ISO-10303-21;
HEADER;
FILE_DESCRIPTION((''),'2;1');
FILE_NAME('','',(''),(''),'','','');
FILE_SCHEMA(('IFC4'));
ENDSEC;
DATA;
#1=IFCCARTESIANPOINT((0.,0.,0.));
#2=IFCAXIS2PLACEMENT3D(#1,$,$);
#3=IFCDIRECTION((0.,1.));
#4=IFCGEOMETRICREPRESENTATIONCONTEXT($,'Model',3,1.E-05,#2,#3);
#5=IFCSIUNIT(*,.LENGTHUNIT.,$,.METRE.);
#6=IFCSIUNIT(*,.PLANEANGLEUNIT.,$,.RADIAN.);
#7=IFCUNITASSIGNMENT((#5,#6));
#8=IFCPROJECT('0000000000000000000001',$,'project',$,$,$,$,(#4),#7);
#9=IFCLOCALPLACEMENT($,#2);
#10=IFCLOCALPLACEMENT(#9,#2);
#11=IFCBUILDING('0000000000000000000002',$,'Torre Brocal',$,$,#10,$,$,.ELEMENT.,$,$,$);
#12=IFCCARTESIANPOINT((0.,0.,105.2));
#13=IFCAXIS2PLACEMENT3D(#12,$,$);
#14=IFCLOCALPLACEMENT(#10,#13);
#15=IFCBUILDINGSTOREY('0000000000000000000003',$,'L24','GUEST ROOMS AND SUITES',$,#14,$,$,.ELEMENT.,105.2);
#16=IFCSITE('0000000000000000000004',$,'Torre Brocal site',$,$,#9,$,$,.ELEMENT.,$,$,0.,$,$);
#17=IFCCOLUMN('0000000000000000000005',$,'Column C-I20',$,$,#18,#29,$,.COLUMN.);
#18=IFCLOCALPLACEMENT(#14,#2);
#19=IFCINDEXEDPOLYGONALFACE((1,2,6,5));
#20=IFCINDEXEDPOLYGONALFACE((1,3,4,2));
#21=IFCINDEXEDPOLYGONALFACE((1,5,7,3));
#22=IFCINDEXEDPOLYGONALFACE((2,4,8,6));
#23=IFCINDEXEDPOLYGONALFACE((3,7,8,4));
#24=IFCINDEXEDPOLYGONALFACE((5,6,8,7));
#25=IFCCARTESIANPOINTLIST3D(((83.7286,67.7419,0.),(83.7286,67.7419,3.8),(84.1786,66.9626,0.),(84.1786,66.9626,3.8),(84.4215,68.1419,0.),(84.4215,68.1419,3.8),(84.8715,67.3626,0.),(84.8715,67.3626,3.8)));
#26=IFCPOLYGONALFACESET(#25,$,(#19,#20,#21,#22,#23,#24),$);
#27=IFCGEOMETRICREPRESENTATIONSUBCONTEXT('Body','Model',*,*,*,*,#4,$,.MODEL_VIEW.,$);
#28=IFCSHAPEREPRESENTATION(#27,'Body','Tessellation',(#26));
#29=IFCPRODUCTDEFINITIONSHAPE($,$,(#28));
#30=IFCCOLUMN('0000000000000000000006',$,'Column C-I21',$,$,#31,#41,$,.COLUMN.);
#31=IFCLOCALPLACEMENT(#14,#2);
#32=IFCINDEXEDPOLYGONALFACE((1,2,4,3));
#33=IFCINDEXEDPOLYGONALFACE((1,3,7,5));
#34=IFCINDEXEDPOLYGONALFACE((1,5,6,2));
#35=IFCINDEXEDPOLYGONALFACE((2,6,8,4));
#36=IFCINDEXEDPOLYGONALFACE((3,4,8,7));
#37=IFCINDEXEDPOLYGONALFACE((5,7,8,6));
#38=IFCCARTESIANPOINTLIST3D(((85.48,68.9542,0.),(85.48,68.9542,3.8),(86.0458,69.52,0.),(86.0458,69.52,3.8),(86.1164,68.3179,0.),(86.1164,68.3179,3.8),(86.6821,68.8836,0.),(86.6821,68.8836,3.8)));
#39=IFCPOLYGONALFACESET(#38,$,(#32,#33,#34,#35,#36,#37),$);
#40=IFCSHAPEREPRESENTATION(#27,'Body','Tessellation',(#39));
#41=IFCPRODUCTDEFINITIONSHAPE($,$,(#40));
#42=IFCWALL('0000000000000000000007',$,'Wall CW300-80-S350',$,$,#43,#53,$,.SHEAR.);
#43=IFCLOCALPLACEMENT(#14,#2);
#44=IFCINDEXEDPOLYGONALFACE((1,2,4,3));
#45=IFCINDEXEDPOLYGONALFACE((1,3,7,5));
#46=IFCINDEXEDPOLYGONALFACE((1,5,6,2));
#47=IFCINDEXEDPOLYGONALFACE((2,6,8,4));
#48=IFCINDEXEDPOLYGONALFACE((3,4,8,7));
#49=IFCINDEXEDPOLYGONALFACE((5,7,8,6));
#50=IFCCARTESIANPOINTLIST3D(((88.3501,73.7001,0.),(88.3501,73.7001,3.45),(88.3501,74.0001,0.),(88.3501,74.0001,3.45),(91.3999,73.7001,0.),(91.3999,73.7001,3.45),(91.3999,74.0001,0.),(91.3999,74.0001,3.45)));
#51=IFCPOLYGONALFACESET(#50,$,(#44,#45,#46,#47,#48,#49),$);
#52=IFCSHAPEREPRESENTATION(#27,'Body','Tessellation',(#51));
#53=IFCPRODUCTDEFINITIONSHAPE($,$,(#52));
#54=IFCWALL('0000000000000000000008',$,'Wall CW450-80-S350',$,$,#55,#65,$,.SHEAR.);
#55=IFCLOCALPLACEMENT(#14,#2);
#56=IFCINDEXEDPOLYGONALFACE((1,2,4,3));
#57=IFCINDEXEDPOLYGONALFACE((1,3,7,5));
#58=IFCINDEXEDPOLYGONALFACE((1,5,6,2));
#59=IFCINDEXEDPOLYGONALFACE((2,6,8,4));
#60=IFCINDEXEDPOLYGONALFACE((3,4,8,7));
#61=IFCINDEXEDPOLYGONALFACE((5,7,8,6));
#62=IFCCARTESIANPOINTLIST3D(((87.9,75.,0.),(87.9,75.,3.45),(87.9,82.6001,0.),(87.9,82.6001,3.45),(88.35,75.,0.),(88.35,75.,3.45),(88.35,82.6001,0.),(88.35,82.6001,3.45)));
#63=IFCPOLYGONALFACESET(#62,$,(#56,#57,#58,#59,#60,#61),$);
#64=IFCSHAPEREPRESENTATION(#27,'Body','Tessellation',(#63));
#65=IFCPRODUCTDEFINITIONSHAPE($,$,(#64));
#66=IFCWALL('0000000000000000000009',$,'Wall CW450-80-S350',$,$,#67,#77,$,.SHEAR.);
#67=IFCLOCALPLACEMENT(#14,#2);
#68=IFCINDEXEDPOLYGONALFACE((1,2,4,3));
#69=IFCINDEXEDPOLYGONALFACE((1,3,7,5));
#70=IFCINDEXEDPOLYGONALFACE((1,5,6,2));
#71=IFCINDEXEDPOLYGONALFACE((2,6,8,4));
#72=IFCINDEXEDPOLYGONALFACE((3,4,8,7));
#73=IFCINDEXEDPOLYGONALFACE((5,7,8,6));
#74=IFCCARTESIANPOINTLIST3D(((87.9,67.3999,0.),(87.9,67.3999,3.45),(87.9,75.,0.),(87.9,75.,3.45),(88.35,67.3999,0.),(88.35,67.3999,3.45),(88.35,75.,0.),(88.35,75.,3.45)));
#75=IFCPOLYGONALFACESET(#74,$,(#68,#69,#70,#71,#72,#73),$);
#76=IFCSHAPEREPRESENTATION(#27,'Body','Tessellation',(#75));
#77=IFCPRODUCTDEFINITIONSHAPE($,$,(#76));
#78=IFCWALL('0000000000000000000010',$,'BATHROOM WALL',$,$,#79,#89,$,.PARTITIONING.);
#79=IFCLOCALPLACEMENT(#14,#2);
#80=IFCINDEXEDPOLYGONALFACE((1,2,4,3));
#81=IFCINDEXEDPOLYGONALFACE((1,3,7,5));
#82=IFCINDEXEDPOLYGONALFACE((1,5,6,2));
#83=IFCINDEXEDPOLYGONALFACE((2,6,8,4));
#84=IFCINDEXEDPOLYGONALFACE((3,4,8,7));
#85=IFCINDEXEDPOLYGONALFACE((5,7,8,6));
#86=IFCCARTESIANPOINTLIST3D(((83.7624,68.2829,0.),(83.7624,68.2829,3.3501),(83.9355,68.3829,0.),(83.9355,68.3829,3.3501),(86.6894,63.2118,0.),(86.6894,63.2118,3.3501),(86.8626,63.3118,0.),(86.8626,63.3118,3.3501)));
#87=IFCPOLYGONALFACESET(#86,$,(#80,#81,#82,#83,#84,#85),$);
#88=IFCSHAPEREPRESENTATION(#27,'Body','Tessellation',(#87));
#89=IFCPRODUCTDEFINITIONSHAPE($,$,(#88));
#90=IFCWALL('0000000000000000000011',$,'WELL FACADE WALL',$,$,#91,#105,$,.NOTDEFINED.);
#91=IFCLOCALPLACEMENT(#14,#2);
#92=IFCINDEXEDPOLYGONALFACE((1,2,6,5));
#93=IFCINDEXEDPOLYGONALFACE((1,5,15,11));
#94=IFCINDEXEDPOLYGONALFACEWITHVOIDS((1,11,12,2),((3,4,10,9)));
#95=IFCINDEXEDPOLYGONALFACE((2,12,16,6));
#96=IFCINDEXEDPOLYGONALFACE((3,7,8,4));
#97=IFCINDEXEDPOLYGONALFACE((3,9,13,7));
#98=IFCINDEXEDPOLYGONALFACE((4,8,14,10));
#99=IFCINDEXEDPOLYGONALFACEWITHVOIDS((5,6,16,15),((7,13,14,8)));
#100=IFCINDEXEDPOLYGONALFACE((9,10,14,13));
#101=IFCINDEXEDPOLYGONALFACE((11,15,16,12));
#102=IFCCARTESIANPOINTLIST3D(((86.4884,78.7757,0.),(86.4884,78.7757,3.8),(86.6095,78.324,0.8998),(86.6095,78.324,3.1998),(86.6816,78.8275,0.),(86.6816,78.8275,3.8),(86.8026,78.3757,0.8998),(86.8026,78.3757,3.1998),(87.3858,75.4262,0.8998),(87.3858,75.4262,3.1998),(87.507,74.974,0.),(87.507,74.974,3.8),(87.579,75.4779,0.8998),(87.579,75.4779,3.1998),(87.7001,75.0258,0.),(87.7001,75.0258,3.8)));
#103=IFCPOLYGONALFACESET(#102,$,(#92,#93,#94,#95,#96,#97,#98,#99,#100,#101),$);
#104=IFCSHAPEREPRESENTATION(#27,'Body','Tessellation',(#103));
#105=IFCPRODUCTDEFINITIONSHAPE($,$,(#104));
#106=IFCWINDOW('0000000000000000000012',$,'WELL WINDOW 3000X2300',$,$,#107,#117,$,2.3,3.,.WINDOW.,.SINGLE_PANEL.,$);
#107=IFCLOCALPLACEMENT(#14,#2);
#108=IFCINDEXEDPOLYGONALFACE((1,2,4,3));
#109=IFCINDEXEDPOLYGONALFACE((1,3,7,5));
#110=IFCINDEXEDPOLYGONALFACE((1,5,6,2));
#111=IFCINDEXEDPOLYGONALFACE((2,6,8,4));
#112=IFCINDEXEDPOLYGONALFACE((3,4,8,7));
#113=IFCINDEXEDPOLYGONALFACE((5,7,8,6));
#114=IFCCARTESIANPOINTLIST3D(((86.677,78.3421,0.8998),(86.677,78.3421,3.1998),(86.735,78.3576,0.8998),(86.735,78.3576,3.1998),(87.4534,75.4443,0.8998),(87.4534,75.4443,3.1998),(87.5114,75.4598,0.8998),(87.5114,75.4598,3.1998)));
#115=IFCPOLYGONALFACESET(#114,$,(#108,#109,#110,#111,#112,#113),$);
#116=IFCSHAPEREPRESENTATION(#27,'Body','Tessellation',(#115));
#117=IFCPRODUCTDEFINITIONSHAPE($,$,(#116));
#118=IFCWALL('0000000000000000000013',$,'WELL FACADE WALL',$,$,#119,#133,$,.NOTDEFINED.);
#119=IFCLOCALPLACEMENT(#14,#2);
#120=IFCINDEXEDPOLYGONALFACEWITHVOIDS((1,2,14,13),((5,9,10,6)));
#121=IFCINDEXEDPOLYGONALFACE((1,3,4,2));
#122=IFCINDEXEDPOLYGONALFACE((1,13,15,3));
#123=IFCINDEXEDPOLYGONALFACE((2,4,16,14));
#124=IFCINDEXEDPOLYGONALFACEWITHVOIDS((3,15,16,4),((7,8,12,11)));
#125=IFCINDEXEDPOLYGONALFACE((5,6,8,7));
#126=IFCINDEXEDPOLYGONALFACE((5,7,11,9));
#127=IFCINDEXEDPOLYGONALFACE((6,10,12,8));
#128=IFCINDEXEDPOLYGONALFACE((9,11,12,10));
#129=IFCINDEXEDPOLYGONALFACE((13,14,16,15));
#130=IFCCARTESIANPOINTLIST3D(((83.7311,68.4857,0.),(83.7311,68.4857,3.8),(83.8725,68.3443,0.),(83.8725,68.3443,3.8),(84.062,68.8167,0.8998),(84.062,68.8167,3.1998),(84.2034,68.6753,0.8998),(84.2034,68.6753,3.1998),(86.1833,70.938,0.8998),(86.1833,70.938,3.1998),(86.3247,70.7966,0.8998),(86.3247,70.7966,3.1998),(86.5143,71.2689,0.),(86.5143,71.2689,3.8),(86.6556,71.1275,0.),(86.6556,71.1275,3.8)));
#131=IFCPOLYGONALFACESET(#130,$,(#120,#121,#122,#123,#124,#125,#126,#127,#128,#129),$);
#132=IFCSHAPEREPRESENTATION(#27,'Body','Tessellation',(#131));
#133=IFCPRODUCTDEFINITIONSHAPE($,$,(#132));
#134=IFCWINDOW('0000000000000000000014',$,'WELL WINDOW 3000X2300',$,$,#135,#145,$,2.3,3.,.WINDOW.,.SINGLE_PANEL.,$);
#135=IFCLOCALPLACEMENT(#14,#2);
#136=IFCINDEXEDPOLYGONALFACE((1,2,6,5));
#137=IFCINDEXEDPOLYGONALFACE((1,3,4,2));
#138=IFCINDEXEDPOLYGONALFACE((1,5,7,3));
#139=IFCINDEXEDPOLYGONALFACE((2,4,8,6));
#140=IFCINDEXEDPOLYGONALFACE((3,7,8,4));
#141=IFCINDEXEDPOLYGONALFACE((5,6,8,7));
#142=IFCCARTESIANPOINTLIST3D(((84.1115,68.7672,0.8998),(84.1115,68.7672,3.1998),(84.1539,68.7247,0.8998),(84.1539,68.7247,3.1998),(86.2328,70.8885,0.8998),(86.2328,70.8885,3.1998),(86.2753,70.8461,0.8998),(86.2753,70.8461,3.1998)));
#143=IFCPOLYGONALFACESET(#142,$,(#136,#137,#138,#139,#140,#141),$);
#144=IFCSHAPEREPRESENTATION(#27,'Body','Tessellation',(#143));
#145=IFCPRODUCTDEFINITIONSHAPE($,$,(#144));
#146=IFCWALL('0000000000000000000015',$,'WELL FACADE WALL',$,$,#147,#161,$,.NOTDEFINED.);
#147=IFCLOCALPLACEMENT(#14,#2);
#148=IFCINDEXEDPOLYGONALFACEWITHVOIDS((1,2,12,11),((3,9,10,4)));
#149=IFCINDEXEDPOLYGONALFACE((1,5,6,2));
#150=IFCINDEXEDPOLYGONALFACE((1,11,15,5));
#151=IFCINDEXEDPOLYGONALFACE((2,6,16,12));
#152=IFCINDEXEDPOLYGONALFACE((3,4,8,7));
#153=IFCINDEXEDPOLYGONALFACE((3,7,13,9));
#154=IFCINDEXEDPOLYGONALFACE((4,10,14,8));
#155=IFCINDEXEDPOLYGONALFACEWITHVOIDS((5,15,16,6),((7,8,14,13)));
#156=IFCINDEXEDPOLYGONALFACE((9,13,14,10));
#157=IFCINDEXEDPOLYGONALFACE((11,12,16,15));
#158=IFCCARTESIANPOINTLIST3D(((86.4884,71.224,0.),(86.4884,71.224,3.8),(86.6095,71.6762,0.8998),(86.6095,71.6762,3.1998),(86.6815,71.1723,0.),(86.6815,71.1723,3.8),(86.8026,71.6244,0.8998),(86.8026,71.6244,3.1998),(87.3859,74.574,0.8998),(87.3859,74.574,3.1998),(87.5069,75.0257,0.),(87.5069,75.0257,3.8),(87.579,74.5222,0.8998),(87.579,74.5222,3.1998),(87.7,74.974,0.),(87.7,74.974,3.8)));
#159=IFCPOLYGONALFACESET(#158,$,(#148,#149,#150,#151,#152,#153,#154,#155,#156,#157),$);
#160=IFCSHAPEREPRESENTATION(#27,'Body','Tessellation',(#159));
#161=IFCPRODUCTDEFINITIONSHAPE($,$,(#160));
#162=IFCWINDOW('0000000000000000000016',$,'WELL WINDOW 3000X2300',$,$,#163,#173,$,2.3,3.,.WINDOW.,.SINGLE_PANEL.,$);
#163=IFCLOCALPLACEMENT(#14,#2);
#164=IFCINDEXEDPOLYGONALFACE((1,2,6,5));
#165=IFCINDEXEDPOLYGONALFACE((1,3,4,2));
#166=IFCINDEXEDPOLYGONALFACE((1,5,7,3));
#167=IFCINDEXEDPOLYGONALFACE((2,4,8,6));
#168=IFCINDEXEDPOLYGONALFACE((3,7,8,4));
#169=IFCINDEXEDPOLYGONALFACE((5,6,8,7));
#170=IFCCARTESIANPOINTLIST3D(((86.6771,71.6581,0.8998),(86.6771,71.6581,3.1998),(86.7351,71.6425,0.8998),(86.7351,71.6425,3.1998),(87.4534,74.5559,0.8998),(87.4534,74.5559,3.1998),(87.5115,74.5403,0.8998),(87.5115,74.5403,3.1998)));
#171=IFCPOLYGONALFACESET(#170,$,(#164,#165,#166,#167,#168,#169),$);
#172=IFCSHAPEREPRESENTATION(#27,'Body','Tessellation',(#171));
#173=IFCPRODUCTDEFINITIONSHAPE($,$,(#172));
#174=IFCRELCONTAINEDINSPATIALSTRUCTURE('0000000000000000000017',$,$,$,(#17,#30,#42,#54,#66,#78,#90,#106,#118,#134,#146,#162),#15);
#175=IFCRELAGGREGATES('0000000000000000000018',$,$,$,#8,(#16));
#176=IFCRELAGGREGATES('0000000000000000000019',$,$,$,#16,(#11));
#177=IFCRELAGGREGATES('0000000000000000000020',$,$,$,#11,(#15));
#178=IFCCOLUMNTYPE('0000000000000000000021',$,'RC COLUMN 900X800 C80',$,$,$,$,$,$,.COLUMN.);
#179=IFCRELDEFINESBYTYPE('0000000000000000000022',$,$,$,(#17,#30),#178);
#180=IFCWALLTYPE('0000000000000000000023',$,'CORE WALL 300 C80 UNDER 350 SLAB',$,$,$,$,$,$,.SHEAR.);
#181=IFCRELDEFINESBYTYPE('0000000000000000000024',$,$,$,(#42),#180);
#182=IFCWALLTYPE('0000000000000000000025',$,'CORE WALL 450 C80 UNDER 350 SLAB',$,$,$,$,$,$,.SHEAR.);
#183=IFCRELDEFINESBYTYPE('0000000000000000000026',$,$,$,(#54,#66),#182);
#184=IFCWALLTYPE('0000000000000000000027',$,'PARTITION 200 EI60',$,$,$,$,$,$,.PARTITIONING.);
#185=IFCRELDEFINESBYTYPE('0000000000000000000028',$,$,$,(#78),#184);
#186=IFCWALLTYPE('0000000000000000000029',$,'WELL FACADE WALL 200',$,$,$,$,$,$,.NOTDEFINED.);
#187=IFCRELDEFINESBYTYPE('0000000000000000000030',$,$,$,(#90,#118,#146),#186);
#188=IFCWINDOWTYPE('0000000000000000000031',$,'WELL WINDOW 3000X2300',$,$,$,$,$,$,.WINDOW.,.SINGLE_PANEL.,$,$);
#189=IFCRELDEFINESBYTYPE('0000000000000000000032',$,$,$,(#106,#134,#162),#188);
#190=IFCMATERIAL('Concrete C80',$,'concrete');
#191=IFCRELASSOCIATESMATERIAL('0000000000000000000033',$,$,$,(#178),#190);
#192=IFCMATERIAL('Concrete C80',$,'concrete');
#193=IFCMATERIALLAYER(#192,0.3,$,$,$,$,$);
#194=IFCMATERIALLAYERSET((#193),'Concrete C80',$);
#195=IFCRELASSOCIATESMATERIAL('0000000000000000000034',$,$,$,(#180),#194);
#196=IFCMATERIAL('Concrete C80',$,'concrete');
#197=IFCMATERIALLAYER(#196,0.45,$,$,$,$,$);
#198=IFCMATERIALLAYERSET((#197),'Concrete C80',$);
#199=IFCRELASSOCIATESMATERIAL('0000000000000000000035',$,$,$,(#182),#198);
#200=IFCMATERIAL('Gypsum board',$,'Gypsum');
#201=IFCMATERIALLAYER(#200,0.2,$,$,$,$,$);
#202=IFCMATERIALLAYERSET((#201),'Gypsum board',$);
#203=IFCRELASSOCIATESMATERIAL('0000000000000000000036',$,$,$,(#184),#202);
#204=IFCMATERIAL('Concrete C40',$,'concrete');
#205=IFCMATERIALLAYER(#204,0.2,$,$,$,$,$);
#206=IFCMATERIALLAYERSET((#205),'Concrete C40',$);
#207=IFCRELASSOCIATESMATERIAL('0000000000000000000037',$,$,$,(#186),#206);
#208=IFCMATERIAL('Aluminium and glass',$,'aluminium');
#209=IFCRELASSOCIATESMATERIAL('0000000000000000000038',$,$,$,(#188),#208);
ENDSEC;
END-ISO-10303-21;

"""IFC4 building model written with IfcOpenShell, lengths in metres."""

from ifc_helpers import new_model, si_unit, direction, frame, frame_2d, origin, origin_2d, place, context, subcontext, project, spatial, rectangle, extrude, material, layer, layer_set, material_profile, profile_set, type_object, element, fill, save


model = new_model("IFC4")

# Units and contexts
model_context = context("Model", 3, precision=1e-05, world=origin(), true_north=direction((0.0, 1.0)))
body_context = subcontext(model_context, "Body", "Model", "MODEL_VIEW")
ifc_project = project(units=[si_unit("LENGTHUNIT", "METRE"), si_unit("PLANEANGLEUNIT", "RADIAN")], contexts=[model_context])

# Site, building, storey
site_placement = place(None, origin())
site = spatial("IfcSite", under=ifc_project, at=site_placement, Name="Torre Brocal site", CompositionType="ELEMENT", RefElevation=0.0)
building_placement = place(site_placement, origin())
building = spatial("IfcBuilding", under=site, at=building_placement, Name="Torre Brocal", CompositionType="ELEMENT")
storey_placement = place(building_placement, frame((0.0, 0.0, 105.2)))
storey = spatial("IfcBuildingStorey", under=building, at=storey_placement, Name="L24", Description="GUEST ROOMS AND SUITES", CompositionType="ELEMENT", Elevation=105.2)

# Columns
ifc_material_1 = material(Name="Concrete C80", Category="concrete")
ifc_material_profile = material_profile(ifc_material_1, rectangle(XDim=0.8999, YDim=0.8, at=origin_2d()), Name="RC 900X800")
ifc_profile_set = profile_set([ifc_material_profile], Name="Concrete C80")
column_type = type_object("IfcColumnType", Name="RC COLUMN 900X800 C80", PredefinedType="COLUMN", material=ifc_profile_set)
for number, where, z_axis, x_axis, name in (
    (1, (84.3, 67.5522, 0.0), (0.0, 0.0, 1.0), (0.5, -0.866025, 0.0), "Column C-I20"),
    (2, (86.0811, 68.9189, 0.0), (0.0, 0.0, 1.0), (0.707107, -0.707107, 0.0), "Column C-I21"),
):
    element("IfcColumn", number, at=place(storey_placement, frame(where, z_axis=z_axis, x_axis=x_axis)), inside=storey, type_object=column_type, Name=name, PredefinedType="COLUMN", context=body_context, shape_type="SweptSolid", body=[
        extrude(rectangle(XDim=0.8999, YDim=0.8, at=origin_2d()), origin(), (0.0, 0.0, 1.0), 3.8),
    ])

# Walls
ifc_material_2 = material(Name="Concrete C80", Category="concrete")
ifc_layer_1 = layer(ifc_material_2, 0.3)
ifc_layer_set_1 = layer_set([ifc_layer_1], Name="Concrete C80")
wall_type_1 = type_object("IfcWallType", Name="CORE WALL 300 C80 UNDER 350 SLAB", PredefinedType="SHEAR", material=ifc_layer_set_1)
wall_1_placement = place(storey_placement, frame((88.3501, 73.8501, 0.0), z_axis=(0.0, 0.0, 1.0), x_axis=(1.0, 0.0, 0.0)))
element("IfcWall", 3, at=wall_1_placement, inside=storey, type_object=wall_type_1, Name="Wall CW300-80-S350", PredefinedType="SHEAR", context=body_context, shape_type="SweptSolid", body=[
    extrude(rectangle(XDim=3.0498, YDim=0.3, at=frame_2d((1.5249, 0.0))), origin(), (0.0, 0.0, 1.0), 3.45),
])
ifc_material_3 = material(Name="Concrete C80", Category="concrete")
ifc_layer_2 = layer(ifc_material_3, 0.45)
ifc_layer_set_2 = layer_set([ifc_layer_2], Name="Concrete C80")
wall_type_2 = type_object("IfcWallType", Name="CORE WALL 450 C80 UNDER 350 SLAB", PredefinedType="SHEAR", material=ifc_layer_set_2)
for number, where, z_axis, x_axis, name in (
    (4, (88.125, 75.0, 0.0), (0.0, 0.0, 1.0), (0.0, 1.0, 0.0), "Wall CW450-80-S350"),
    (5, (88.125, 67.3999, 0.0), (0.0, 0.0, 1.0), (0.0, 1.0, 0.0), "Wall CW450-80-S350"),
):
    element("IfcWall", number, at=place(storey_placement, frame(where, z_axis=z_axis, x_axis=x_axis)), inside=storey, type_object=wall_type_2, Name=name, PredefinedType="SHEAR", context=body_context, shape_type="SweptSolid", body=[
        extrude(rectangle(XDim=7.6001, YDim=0.45, at=frame_2d((3.8, 0.0))), origin(), (0.0, 0.0, 1.0), 3.45),
    ])
ifc_material_4 = material(Name="Gypsum board", Category="Gypsum")
ifc_layer_3 = layer(ifc_material_4, 0.2)
ifc_layer_set_3 = layer_set([ifc_layer_3], Name="Gypsum board")
wall_type_3 = type_object("IfcWallType", Name="PARTITION 200 EI60", PredefinedType="PARTITIONING", material=ifc_layer_set_3)
wall_2_placement = place(storey_placement, frame((83.8489, 68.333, 0.0), z_axis=(0.0, 0.0, 1.0), x_axis=(0.499902, -0.866082, 0.0)))
element("IfcWall", 6, at=wall_2_placement, inside=storey, type_object=wall_type_3, Name="BATHROOM WALL", PredefinedType="PARTITIONING", context=body_context, shape_type="SweptSolid", body=[
    extrude(rectangle(XDim=5.8552, YDim=0.2, at=frame_2d((2.9277, 0.0))), origin(), (0.0, 0.0, 1.0), 3.3501),
])

# Walls, openings, windows
ifc_material_5 = material(Name="Concrete C40", Category="concrete")
ifc_layer_4 = layer(ifc_material_5, 0.2)
ifc_layer_set_4 = layer_set([ifc_layer_4], Name="Concrete C40")
wall_type_4 = type_object("IfcWallType", Name="WELL FACADE WALL 200", PredefinedType="NOTDEFINED", material=ifc_layer_set_4)
wall_3_placement = place(storey_placement, frame((87.6035, 75.0, 0.0), z_axis=(0.0, 0.0, 1.0), x_axis=(-0.25879, 0.965934, 0.0)))
wall_3 = element("IfcWall", 7, at=wall_3_placement, inside=storey, type_object=wall_type_4, Name="WELL FACADE WALL", PredefinedType="NOTDEFINED", context=body_context, shape_type="SweptSolid", body=[
    extrude(rectangle(XDim=3.9358, YDim=0.2, at=frame_2d((1.9678, 0.0))), origin(), (0.0, 0.0, 1.0), 3.8),
])
opening_1_placement = place(wall_3_placement, frame((0.468, 0.0, 0.8999)))
opening_1 = element("IfcOpeningElement", 8, at=opening_1_placement, cuts=wall_3, PredefinedType="OPENING", context=body_context, shape_type="SweptSolid", body=[
    extrude(rectangle(XDim=3.0, YDim=2.3, at=frame_2d((1.5, 1.1499))), frame((0.0, 0.1099, 0.0), z_axis=(0.0, -1.0, 0.0), x_axis=(1.0, 0.0, 0.0)), (0.0, 0.0, 1.0), 0.22),
])
ifc_material_6 = material(Name="Aluminium and glass", Category="aluminium")
window_type = type_object("IfcWindowType", Name="WELL WINDOW 3000X2300", PartitioningType="SINGLE_PANEL", PredefinedType="WINDOW", material=ifc_material_6)
window_1_placement = place(opening_1_placement, origin())
window_1 = element("IfcWindow", 9, at=window_1_placement, inside=storey, type_object=window_type, Name="WELL WINDOW 3000X2300", OverallHeight=2.3, OverallWidth=3.0, PartitioningType="SINGLE_PANEL", PredefinedType="WINDOW", context=body_context, shape_type="SweptSolid", body=[
    extrude(rectangle(XDim=3.0, YDim=2.3, at=frame_2d((1.5, 1.1499))), frame((0.0, 0.03, 0.0), z_axis=(0.0, -1.0, 0.0), x_axis=(1.0, 0.0, 0.0)), (0.0, 0.0, 1.0), 0.0601),
])
fill(opening_1, window_1)
wall_4_placement = place(storey_placement, frame((83.8018, 68.415, 0.0), z_axis=(0.0, 0.0, 1.0), x_axis=(0.707107, 0.707107, 0.0)))
wall_4 = element("IfcWall", 10, at=wall_4_placement, inside=storey, type_object=wall_type_4, Name="WELL FACADE WALL", PredefinedType="NOTDEFINED", context=body_context, shape_type="SweptSolid", body=[
    extrude(rectangle(XDim=3.936, YDim=0.2, at=frame_2d((1.968, 0.0))), origin(), (0.0, 0.0, 1.0), 3.8),
])
opening_2_placement = place(wall_4_placement, frame((0.468, 0.0, 0.8999)))
opening_2 = element("IfcOpeningElement", 11, at=opening_2_placement, cuts=wall_4, PredefinedType="OPENING", context=body_context, shape_type="SweptSolid", body=[
    extrude(rectangle(XDim=3.0, YDim=2.3, at=frame_2d((1.5, 1.1499))), frame((0.0, 0.1099, 0.0), z_axis=(0.0, -1.0, 0.0), x_axis=(1.0, 0.0, 0.0)), (0.0, 0.0, 1.0), 0.22),
])
window_2_placement = place(opening_2_placement, origin())
window_2 = element("IfcWindow", 12, at=window_2_placement, inside=storey, type_object=window_type, Name="WELL WINDOW 3000X2300", OverallHeight=2.3, OverallWidth=3.0, PartitioningType="SINGLE_PANEL", PredefinedType="WINDOW", context=body_context, shape_type="SweptSolid", body=[
    extrude(rectangle(XDim=3.0, YDim=2.3, at=frame_2d((1.5, 1.1499))), frame((0.0, 0.03, 0.0), z_axis=(0.0, -1.0, 0.0), x_axis=(1.0, 0.0, 0.0)), (0.0, 0.0, 1.0), 0.0601),
])
fill(opening_2, window_2)
wall_5_placement = place(storey_placement, frame((86.585, 71.1982, 0.0), z_axis=(0.0, 0.0, 1.0), x_axis=(0.25879, 0.965934, 0.0)))
wall_5 = element("IfcWall", 13, at=wall_5_placement, inside=storey, type_object=wall_type_4, Name="WELL FACADE WALL", PredefinedType="NOTDEFINED", context=body_context, shape_type="SweptSolid", body=[
    extrude(rectangle(XDim=3.9358, YDim=0.2, at=frame_2d((1.9678, 0.0))), origin(), (0.0, 0.0, 1.0), 3.8),
])
opening_3_placement = place(wall_5_placement, frame((0.468, 0.0, 0.8999)))
opening_3 = element("IfcOpeningElement", 14, at=opening_3_placement, cuts=wall_5, PredefinedType="OPENING", context=body_context, shape_type="SweptSolid", body=[
    extrude(rectangle(XDim=3.0, YDim=2.3, at=frame_2d((1.5, 1.1499))), frame((0.0, 0.1099, 0.0), z_axis=(0.0, -1.0, 0.0), x_axis=(1.0, 0.0, 0.0)), (0.0, 0.0, 1.0), 0.22),
])
window_3_placement = place(opening_3_placement, origin())
window_3 = element("IfcWindow", 15, at=window_3_placement, inside=storey, type_object=window_type, Name="WELL WINDOW 3000X2300", OverallHeight=2.3, OverallWidth=3.0, PartitioningType="SINGLE_PANEL", PredefinedType="WINDOW", context=body_context, shape_type="SweptSolid", body=[
    extrude(rectangle(XDim=3.0, YDim=2.3, at=frame_2d((1.5, 1.1499))), frame((0.0, 0.03, 0.0), z_axis=(0.0, -1.0, 0.0), x_axis=(1.0, 0.0, 0.0)), (0.0, 0.0, 1.0), 0.0601),
])
fill(opening_3, window_3)

save(model, "model.ifc")
